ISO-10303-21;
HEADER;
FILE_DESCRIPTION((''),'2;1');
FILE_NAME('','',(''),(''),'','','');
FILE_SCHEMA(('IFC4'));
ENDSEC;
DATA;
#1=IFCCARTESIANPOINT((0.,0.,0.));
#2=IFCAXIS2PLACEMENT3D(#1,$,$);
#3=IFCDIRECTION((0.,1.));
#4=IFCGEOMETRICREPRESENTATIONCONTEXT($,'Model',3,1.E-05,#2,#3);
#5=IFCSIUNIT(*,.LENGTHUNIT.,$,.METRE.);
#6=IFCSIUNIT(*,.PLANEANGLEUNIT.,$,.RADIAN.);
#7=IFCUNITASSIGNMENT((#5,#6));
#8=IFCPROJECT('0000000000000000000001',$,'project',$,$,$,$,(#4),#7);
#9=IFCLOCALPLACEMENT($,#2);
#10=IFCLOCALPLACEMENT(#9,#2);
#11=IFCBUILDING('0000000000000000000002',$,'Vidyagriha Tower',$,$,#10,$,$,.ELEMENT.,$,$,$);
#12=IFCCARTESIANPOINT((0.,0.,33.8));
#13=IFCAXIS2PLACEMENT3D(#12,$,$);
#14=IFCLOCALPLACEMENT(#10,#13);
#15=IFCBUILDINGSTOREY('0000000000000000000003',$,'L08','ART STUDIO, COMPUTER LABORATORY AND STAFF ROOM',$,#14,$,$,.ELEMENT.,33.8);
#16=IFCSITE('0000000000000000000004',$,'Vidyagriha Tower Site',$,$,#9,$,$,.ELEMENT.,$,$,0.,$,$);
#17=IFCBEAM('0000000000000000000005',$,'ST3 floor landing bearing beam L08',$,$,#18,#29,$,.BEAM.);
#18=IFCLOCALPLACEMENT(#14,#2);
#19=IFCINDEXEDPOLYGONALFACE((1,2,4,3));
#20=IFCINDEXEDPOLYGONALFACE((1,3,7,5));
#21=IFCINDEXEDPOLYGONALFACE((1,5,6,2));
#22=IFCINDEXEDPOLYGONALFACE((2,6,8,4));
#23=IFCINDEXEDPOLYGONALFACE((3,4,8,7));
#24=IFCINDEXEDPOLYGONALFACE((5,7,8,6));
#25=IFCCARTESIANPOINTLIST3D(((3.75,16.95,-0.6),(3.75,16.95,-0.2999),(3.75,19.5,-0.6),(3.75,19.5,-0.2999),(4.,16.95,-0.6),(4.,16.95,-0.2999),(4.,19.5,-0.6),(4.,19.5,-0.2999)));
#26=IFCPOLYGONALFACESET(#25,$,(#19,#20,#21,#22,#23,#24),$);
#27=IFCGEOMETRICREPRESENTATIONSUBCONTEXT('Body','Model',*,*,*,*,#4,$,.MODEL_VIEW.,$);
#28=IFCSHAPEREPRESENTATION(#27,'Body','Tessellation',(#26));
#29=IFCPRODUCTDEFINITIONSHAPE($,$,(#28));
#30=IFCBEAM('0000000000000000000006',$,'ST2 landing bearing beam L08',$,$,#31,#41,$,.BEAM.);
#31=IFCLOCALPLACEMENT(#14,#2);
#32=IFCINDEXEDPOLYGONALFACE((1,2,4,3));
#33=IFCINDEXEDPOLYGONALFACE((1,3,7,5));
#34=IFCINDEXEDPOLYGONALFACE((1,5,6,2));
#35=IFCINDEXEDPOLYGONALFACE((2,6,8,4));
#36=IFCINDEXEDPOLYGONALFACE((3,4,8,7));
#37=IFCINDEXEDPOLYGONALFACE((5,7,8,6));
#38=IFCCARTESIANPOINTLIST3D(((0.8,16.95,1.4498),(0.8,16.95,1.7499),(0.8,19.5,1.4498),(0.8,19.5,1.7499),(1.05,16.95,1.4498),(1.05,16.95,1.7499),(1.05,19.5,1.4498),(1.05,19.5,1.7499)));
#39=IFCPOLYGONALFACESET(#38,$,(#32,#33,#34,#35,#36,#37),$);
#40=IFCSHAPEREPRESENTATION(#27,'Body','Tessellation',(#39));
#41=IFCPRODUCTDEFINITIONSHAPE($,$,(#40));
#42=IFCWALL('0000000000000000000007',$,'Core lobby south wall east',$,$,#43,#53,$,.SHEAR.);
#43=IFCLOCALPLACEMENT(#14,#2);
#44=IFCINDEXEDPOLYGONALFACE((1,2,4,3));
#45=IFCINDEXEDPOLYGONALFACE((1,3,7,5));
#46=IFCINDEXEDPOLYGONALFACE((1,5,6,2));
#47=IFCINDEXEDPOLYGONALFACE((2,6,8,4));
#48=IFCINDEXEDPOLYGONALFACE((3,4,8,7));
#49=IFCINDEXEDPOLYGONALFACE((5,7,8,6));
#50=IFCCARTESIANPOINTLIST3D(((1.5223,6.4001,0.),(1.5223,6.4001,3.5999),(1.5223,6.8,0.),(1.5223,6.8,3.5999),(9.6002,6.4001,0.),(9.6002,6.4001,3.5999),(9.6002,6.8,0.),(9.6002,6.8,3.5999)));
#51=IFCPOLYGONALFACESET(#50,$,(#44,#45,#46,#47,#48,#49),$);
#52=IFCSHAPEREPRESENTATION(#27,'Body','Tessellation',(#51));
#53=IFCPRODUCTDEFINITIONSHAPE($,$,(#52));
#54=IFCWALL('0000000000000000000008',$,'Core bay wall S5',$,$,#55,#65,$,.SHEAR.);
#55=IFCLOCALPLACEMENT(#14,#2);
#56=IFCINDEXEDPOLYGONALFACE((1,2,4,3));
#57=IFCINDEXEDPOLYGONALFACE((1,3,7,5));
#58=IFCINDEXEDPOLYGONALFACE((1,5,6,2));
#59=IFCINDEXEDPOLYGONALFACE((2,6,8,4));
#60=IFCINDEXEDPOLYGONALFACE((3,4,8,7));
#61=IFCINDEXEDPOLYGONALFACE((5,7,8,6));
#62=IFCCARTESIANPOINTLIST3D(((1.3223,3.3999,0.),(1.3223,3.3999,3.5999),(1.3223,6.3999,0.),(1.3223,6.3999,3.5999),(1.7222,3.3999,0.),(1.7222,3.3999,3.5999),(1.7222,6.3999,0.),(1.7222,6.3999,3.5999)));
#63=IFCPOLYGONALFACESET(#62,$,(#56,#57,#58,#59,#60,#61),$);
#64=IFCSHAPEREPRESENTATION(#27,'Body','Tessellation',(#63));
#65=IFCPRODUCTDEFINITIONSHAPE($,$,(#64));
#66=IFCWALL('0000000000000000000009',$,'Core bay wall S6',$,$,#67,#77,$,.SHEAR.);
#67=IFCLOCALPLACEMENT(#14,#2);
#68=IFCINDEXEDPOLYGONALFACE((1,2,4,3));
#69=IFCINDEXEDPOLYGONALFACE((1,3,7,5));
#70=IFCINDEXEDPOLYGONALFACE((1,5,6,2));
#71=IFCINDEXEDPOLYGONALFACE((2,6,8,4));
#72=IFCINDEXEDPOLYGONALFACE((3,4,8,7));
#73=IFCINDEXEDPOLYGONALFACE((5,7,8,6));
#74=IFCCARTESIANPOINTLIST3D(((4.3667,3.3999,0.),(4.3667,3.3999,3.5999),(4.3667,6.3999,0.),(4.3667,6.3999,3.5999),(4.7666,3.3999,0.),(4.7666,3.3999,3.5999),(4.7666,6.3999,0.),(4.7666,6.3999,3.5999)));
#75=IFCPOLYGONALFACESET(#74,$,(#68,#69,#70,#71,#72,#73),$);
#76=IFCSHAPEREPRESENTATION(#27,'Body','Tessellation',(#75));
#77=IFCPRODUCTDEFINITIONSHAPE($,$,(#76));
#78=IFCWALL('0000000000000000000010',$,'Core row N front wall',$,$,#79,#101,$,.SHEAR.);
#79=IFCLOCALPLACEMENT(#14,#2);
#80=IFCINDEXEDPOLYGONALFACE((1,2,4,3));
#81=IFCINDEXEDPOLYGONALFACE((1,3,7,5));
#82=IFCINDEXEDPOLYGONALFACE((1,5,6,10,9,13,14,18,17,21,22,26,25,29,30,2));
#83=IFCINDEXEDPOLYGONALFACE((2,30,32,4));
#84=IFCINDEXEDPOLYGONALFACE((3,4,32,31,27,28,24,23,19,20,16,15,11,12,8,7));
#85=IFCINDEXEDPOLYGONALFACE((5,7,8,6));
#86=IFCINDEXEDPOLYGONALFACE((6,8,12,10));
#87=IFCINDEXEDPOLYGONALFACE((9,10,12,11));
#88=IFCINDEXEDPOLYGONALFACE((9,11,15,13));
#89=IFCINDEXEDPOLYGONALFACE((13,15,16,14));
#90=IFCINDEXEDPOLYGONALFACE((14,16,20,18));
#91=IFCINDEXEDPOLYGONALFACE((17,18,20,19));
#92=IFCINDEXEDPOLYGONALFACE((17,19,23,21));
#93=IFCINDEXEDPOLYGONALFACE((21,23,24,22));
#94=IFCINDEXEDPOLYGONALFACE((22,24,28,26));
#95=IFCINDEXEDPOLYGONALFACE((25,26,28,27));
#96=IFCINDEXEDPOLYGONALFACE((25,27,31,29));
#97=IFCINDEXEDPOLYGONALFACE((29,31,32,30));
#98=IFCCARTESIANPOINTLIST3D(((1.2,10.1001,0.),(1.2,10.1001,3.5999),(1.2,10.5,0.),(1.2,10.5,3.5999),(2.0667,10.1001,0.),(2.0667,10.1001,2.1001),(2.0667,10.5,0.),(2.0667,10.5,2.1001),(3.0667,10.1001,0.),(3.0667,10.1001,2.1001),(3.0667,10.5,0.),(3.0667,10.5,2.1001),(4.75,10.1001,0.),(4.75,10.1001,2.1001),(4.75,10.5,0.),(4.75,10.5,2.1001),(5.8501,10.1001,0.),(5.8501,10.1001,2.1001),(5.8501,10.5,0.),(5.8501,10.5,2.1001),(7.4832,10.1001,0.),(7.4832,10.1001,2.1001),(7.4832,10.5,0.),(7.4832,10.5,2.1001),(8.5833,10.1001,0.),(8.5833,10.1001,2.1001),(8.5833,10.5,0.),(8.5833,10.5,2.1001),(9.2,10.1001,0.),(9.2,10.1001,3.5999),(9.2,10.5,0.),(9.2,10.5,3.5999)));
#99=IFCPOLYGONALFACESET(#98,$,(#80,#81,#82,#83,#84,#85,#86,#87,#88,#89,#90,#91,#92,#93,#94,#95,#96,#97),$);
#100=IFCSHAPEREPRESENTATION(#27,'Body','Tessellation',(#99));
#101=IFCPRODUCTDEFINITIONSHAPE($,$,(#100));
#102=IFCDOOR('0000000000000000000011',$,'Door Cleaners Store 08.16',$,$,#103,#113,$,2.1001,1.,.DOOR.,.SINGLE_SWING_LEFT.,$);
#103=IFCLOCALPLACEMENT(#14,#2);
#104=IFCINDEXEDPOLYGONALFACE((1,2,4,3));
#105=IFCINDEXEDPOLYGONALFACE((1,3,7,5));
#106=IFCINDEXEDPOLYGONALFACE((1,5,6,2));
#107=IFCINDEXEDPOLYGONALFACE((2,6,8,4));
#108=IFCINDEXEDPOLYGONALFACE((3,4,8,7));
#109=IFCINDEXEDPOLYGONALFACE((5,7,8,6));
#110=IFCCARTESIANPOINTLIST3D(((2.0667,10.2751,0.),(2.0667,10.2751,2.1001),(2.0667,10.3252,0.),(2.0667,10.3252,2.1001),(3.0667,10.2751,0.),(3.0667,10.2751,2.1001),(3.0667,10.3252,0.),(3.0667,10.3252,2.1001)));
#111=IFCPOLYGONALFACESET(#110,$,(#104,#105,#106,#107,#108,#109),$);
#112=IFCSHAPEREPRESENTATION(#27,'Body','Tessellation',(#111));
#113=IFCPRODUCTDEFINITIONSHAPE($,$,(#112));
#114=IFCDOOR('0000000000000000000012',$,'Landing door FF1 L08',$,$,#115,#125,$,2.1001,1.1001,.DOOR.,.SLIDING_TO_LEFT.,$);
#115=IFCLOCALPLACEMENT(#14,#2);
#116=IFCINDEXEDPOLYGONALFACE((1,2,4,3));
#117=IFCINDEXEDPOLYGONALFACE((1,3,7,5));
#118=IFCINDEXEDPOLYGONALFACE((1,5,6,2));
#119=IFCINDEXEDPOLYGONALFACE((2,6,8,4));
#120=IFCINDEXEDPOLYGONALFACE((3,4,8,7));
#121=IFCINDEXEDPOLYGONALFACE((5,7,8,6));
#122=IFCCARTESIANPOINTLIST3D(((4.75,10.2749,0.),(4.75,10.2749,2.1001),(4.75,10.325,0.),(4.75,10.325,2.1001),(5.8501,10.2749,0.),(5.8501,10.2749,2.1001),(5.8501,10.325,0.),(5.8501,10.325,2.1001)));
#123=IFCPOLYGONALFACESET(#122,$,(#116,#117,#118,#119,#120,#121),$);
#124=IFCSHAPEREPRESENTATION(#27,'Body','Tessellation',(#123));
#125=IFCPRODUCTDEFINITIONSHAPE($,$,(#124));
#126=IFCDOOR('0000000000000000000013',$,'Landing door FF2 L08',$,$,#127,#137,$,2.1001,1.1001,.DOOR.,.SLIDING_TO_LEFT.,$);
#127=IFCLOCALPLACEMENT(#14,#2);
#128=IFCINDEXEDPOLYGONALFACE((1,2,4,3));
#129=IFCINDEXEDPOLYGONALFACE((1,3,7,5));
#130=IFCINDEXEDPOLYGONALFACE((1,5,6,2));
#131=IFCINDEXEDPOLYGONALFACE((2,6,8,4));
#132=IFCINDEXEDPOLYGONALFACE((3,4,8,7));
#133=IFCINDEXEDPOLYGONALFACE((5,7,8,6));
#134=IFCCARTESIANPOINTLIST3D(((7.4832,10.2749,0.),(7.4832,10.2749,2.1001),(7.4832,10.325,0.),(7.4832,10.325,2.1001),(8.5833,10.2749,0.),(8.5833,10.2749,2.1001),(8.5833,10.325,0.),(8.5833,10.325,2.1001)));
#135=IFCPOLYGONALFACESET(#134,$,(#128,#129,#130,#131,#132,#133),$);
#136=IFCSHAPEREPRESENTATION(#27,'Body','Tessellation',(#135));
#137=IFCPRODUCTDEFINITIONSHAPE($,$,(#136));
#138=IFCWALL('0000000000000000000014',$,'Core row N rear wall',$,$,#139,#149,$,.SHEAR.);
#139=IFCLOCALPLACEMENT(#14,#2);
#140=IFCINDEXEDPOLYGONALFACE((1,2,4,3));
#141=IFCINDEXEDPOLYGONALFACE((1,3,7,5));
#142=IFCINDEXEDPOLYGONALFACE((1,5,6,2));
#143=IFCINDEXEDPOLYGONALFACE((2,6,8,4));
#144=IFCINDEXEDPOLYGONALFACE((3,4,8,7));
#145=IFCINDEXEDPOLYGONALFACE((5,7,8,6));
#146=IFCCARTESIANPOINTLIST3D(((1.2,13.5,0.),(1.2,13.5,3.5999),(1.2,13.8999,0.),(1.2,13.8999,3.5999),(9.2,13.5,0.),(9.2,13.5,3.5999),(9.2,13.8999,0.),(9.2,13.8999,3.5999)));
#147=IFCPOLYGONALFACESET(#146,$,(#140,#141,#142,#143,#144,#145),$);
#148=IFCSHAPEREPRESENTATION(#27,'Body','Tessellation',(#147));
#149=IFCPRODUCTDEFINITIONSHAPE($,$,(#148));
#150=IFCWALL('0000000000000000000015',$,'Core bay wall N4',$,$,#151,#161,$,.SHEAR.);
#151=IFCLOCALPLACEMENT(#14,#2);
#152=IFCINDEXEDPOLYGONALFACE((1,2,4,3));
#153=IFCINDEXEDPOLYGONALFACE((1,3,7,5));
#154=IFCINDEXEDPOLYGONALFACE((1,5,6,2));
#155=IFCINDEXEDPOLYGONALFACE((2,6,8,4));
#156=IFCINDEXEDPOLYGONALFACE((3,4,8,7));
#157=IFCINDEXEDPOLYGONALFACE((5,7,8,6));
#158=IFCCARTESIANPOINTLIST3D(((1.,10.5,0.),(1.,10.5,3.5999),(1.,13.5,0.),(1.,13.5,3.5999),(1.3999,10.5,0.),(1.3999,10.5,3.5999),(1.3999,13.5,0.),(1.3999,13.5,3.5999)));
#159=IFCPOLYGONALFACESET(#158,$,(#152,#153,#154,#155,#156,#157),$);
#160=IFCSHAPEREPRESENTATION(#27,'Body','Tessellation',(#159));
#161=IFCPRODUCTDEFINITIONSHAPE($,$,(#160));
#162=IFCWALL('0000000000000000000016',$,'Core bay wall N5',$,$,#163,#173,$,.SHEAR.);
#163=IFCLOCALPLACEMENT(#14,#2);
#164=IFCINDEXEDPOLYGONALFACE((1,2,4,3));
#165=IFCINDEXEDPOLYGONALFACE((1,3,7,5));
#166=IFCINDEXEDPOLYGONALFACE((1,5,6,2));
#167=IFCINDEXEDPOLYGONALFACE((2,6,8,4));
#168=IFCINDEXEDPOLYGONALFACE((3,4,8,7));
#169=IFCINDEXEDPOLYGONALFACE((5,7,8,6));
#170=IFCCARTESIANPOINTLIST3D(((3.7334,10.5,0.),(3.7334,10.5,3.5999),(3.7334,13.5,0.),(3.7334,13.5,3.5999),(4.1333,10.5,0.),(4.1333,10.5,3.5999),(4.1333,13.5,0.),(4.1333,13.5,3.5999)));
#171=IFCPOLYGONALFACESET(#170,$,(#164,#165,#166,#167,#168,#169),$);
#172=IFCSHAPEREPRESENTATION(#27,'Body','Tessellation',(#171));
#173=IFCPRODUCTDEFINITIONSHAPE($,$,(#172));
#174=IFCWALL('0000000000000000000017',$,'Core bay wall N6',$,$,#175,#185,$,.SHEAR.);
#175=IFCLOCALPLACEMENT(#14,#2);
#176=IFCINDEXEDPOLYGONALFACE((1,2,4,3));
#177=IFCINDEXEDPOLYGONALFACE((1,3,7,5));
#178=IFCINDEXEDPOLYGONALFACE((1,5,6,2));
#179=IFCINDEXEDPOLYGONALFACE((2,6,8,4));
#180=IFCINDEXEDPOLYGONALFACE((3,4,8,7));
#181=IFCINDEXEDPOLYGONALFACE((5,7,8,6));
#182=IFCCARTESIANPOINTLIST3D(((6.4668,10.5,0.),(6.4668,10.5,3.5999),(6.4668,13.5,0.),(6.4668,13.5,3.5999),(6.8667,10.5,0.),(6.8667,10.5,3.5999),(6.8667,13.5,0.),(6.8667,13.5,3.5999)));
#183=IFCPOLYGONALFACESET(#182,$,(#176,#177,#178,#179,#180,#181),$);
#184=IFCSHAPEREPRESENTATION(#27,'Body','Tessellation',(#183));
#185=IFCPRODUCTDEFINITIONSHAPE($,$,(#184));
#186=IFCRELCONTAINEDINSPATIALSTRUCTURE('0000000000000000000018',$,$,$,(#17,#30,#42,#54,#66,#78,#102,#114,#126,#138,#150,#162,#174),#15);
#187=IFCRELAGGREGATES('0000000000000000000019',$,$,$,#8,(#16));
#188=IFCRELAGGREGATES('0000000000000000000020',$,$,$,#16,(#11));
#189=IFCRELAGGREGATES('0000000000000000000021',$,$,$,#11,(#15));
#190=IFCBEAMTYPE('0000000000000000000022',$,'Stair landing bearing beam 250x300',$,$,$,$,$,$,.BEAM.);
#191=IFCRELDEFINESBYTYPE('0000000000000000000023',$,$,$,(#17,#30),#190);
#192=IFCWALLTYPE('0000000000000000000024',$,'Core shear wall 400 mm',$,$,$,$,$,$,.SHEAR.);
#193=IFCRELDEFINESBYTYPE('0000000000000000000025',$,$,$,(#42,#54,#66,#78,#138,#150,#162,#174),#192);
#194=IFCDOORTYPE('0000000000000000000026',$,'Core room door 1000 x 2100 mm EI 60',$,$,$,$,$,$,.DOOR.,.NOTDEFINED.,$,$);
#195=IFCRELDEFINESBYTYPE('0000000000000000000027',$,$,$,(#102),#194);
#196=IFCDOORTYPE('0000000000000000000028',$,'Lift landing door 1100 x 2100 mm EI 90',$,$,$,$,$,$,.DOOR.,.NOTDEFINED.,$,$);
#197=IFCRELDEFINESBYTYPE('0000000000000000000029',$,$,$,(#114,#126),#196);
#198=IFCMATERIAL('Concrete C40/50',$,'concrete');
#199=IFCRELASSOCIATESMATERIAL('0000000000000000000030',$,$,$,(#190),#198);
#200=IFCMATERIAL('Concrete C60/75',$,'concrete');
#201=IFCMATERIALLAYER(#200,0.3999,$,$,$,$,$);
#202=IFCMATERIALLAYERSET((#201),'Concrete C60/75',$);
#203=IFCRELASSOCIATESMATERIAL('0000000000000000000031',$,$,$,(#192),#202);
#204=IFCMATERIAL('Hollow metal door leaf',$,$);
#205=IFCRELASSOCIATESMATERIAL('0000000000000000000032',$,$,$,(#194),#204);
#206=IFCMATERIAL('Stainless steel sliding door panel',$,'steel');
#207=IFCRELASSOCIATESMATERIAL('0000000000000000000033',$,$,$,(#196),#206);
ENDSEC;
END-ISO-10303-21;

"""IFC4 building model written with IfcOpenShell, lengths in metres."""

from ifc_helpers import new_model, si_unit, direction, frame, frame_2d, origin, origin_2d, place, context, subcontext, project, spatial, rectangle, extrude, material, layer, layer_set, material_profile, profile_set, type_object, element, fill, save


model = new_model("IFC4")

# Units and contexts
model_context = context("Model", 3, precision=1e-05, world=origin(), true_north=direction((0.0, 1.0)))
body_context = subcontext(model_context, "Body", "Model", "MODEL_VIEW")
ifc_project = project(units=[si_unit("LENGTHUNIT", "METRE"), si_unit("PLANEANGLEUNIT", "RADIAN")], contexts=[model_context])

# Site, building, storey
site_placement = place(None, origin())
site = spatial("IfcSite", under=ifc_project, at=site_placement, Name="Vidyagriha Tower Site", CompositionType="ELEMENT", RefElevation=0.0)
building_placement = place(site_placement, origin())
building = spatial("IfcBuilding", under=site, at=building_placement, Name="Vidyagriha Tower", CompositionType="ELEMENT")
storey_placement = place(building_placement, frame((0.0, 0.0, 33.8)))
storey = spatial("IfcBuildingStorey", under=building, at=storey_placement, Name="L08", Description="ART STUDIO, COMPUTER LABORATORY AND STAFF ROOM", CompositionType="ELEMENT", Elevation=33.8)

# Beams
ifc_material_1 = material(Name="Concrete C40/50", Category="concrete")
ifc_material_profile = material_profile(ifc_material_1, rectangle(XDim=0.25, YDim=0.3, at=origin_2d()), Name="Stair landing bearing beam 250x300")
ifc_profile_set = profile_set([ifc_material_profile], Name="Concrete C40/50")
beam_type = type_object("IfcBeamType", Name="Stair landing bearing beam 250x300", PredefinedType="BEAM", material=ifc_profile_set)
for number, where, z_axis, x_axis, name in (
    (1, (3.875, 16.95, -0.45), (0.0, 1.0, 0.0), (-1.0, 0.0, 0.0), "ST3 floor landing bearing beam L08"),
    (2, (0.925, 16.95, 1.5999), (0.0, 1.0, 0.0), (-1.0, 0.0, 0.0), "ST2 landing bearing beam L08"),
):
    element("IfcBeam", number, at=place(storey_placement, frame(where, z_axis=z_axis, x_axis=x_axis)), inside=storey, type_object=beam_type, Name=name, PredefinedType="BEAM", context=body_context, shape_type="SweptSolid", body=[
        extrude(rectangle(XDim=0.25, YDim=0.3, at=origin_2d()), origin(), (0.0, 0.0, 1.0), 2.55),
    ])

# Walls
ifc_material_2 = material(Name="Concrete C60/75", Category="concrete")
ifc_layer_1 = layer(ifc_material_2, 0.3999)
ifc_layer_set_1 = layer_set([ifc_layer_1], Name="Concrete C60/75")
wall_type_1 = type_object("IfcWallType", Name="Core shear wall 400 mm", PredefinedType="SHEAR", material=ifc_layer_set_1)
wall_1_placement = place(storey_placement, frame((1.5222, 6.6001, 0.0)))
element("IfcWall", 3, at=wall_1_placement, inside=storey, type_object=wall_type_1, Name="Core lobby south wall east", PredefinedType="SHEAR", context=body_context, shape_type="SweptSolid", body=[
    extrude(rectangle(XDim=8.0779, YDim=0.3999, at=frame_2d((4.0391, 0.0))), origin(), (0.0, 0.0, 1.0), 3.5999),
])
for number, where, z_axis, x_axis, name in (
    (4, (1.5222, 3.3999, 0.0), (0.0, 0.0, 1.0), (0.0, 1.0, 0.0), "Core bay wall S5"),
    (5, (4.5667, 3.3999, 0.0), (0.0, 0.0, 1.0), (0.0, 1.0, 0.0), "Core bay wall S6"),
):
    element("IfcWall", number, at=place(storey_placement, frame(where, z_axis=z_axis, x_axis=x_axis)), inside=storey, type_object=wall_type_1, Name=name, PredefinedType="SHEAR", context=body_context, shape_type="SweptSolid", body=[
        extrude(rectangle(XDim=3.0, YDim=0.3999, at=frame_2d((1.5, 0.0))), origin(), (0.0, 0.0, 1.0), 3.5999),
    ])

# Wall, openings, doors
wall_2_placement = place(storey_placement, frame((1.2, 10.3, 0.0)))
wall_2 = element("IfcWall", 6, at=wall_2_placement, inside=storey, type_object=wall_type_1, Name="Core row N front wall", PredefinedType="SHEAR", context=body_context, shape_type="SweptSolid", body=[
    extrude(rectangle(XDim=8.0, YDim=0.3999, at=frame_2d((4.0, 0.0))), origin(), (0.0, 0.0, 1.0), 3.5999),
])
opening_1_placement = place(wall_2_placement, frame((3.55, 0.0, 0.0)))
opening_1 = element("IfcOpeningElement", 7, at=opening_1_placement, cuts=wall_2, PredefinedType="OPENING", context=body_context, shape_type="SweptSolid", body=[
    extrude(rectangle(XDim=1.1001, YDim=2.1001, at=frame_2d((0.55, 1.05))), frame((0.0, 0.21, 0.0), z_axis=(0.0, -1.0, 0.0), x_axis=(1.0, 0.0, 0.0)), (0.0, 0.0, 1.0), 0.4199),
])
opening_2_placement = place(wall_2_placement, frame((6.2832, 0.0, 0.0)))
opening_2 = element("IfcOpeningElement", 8, at=opening_2_placement, cuts=wall_2, PredefinedType="OPENING", context=body_context, shape_type="SweptSolid", body=[
    extrude(rectangle(XDim=1.1001, YDim=2.1001, at=frame_2d((0.55, 1.05))), frame((0.0, 0.21, 0.0), z_axis=(0.0, -1.0, 0.0), x_axis=(1.0, 0.0, 0.0)), (0.0, 0.0, 1.0), 0.4199),
])
opening_3_placement = place(wall_2_placement, frame((0.8667, 0.0, 0.0)))
opening_3 = element("IfcOpeningElement", 9, at=opening_3_placement, cuts=wall_2, PredefinedType="OPENING", context=body_context, shape_type="SweptSolid", body=[
    extrude(rectangle(XDim=1.0, YDim=2.1001, at=frame_2d((0.5, 1.05))), frame((0.0, 0.21, 0.0), z_axis=(0.0, -1.0, 0.0), x_axis=(1.0, 0.0, 0.0)), (0.0, 0.0, 1.0), 0.4199),
])
ifc_material_3 = material(Name="Hollow metal door leaf")
door_type_1 = type_object("IfcDoorType", Name="Core room door 1000 x 2100 mm EI 60", OperationType="NOTDEFINED", PredefinedType="DOOR", material=ifc_material_3)
door_1_placement = place(opening_3_placement, frame((1.0, 0.0, 0.0), z_axis=(0.0, 0.0, 1.0), x_axis=(-1.0, 0.0, 0.0)))
door_1 = element("IfcDoor", 10, at=door_1_placement, inside=storey, type_object=door_type_1, Name="Door Cleaners Store 08.16", OperationType="SINGLE_SWING_LEFT", OverallHeight=2.1001, OverallWidth=1.0, PredefinedType="DOOR", context=body_context, shape_type="SweptSolid", body=[
    extrude(rectangle(XDim=1.0, YDim=2.1001, at=frame_2d((0.5, 1.05))), frame((0.0, 0.0249, 0.0), z_axis=(0.0, -1.0, 0.0), x_axis=(1.0, 0.0, 0.0)), (0.0, 0.0, 1.0), 0.05),
])
fill(opening_3, door_1)
ifc_material_4 = material(Name="Stainless steel sliding door panel", Category="steel")
door_type_2 = type_object("IfcDoorType", Name="Lift landing door 1100 x 2100 mm EI 90", OperationType="NOTDEFINED", PredefinedType="DOOR", material=ifc_material_4)
door_2_placement = place(opening_1_placement, origin())
door_2 = element("IfcDoor", 11, at=door_2_placement, inside=storey, type_object=door_type_2, Name="Landing door FF1 L08", OperationType="SLIDING_TO_LEFT", OverallHeight=2.1001, OverallWidth=1.1001, PredefinedType="DOOR", context=body_context, shape_type="SweptSolid", body=[
    extrude(rectangle(XDim=1.1001, YDim=2.1001, at=frame_2d((0.55, 1.05))), frame((0.0, 0.0249, 0.0), z_axis=(0.0, -1.0, 0.0), x_axis=(1.0, 0.0, 0.0)), (0.0, 0.0, 1.0), 0.05),
])
fill(opening_1, door_2)
door_3_placement = place(opening_2_placement, origin())
door_3 = element("IfcDoor", 12, at=door_3_placement, inside=storey, type_object=door_type_2, Name="Landing door FF2 L08", OperationType="SLIDING_TO_LEFT", OverallHeight=2.1001, OverallWidth=1.1001, PredefinedType="DOOR", context=body_context, shape_type="SweptSolid", body=[
    extrude(rectangle(XDim=1.1001, YDim=2.1001, at=frame_2d((0.55, 1.05))), frame((0.0, 0.0249, 0.0), z_axis=(0.0, -1.0, 0.0), x_axis=(1.0, 0.0, 0.0)), (0.0, 0.0, 1.0), 0.05),
])
fill(opening_2, door_3)

# Walls
wall_3_placement = place(storey_placement, frame((1.2, 13.7, 0.0)))
element("IfcWall", 13, at=wall_3_placement, inside=storey, type_object=wall_type_1, Name="Core row N rear wall", PredefinedType="SHEAR", context=body_context, shape_type="SweptSolid", body=[
    extrude(rectangle(XDim=8.0, YDim=0.3999, at=frame_2d((4.0, 0.0))), origin(), (0.0, 0.0, 1.0), 3.5999),
])
for number, where, z_axis, x_axis, name in (
    (14, (1.2, 10.5, 0.0), (0.0, 0.0, 1.0), (0.0, 1.0, 0.0), "Core bay wall N4"),
    (15, (3.9333, 10.5, 0.0), (0.0, 0.0, 1.0), (0.0, 1.0, 0.0), "Core bay wall N5"),
    (16, (6.6667, 10.5, 0.0), (0.0, 0.0, 1.0), (0.0, 1.0, 0.0), "Core bay wall N6"),
):
    element("IfcWall", number, at=place(storey_placement, frame(where, z_axis=z_axis, x_axis=x_axis)), inside=storey, type_object=wall_type_1, Name=name, PredefinedType="SHEAR", context=body_context, shape_type="SweptSolid", body=[
        extrude(rectangle(XDim=3.0, YDim=0.3999, at=frame_2d((1.5, 0.0))), origin(), (0.0, 0.0, 1.0), 3.5999),
    ])

save(model, "model.ifc")
